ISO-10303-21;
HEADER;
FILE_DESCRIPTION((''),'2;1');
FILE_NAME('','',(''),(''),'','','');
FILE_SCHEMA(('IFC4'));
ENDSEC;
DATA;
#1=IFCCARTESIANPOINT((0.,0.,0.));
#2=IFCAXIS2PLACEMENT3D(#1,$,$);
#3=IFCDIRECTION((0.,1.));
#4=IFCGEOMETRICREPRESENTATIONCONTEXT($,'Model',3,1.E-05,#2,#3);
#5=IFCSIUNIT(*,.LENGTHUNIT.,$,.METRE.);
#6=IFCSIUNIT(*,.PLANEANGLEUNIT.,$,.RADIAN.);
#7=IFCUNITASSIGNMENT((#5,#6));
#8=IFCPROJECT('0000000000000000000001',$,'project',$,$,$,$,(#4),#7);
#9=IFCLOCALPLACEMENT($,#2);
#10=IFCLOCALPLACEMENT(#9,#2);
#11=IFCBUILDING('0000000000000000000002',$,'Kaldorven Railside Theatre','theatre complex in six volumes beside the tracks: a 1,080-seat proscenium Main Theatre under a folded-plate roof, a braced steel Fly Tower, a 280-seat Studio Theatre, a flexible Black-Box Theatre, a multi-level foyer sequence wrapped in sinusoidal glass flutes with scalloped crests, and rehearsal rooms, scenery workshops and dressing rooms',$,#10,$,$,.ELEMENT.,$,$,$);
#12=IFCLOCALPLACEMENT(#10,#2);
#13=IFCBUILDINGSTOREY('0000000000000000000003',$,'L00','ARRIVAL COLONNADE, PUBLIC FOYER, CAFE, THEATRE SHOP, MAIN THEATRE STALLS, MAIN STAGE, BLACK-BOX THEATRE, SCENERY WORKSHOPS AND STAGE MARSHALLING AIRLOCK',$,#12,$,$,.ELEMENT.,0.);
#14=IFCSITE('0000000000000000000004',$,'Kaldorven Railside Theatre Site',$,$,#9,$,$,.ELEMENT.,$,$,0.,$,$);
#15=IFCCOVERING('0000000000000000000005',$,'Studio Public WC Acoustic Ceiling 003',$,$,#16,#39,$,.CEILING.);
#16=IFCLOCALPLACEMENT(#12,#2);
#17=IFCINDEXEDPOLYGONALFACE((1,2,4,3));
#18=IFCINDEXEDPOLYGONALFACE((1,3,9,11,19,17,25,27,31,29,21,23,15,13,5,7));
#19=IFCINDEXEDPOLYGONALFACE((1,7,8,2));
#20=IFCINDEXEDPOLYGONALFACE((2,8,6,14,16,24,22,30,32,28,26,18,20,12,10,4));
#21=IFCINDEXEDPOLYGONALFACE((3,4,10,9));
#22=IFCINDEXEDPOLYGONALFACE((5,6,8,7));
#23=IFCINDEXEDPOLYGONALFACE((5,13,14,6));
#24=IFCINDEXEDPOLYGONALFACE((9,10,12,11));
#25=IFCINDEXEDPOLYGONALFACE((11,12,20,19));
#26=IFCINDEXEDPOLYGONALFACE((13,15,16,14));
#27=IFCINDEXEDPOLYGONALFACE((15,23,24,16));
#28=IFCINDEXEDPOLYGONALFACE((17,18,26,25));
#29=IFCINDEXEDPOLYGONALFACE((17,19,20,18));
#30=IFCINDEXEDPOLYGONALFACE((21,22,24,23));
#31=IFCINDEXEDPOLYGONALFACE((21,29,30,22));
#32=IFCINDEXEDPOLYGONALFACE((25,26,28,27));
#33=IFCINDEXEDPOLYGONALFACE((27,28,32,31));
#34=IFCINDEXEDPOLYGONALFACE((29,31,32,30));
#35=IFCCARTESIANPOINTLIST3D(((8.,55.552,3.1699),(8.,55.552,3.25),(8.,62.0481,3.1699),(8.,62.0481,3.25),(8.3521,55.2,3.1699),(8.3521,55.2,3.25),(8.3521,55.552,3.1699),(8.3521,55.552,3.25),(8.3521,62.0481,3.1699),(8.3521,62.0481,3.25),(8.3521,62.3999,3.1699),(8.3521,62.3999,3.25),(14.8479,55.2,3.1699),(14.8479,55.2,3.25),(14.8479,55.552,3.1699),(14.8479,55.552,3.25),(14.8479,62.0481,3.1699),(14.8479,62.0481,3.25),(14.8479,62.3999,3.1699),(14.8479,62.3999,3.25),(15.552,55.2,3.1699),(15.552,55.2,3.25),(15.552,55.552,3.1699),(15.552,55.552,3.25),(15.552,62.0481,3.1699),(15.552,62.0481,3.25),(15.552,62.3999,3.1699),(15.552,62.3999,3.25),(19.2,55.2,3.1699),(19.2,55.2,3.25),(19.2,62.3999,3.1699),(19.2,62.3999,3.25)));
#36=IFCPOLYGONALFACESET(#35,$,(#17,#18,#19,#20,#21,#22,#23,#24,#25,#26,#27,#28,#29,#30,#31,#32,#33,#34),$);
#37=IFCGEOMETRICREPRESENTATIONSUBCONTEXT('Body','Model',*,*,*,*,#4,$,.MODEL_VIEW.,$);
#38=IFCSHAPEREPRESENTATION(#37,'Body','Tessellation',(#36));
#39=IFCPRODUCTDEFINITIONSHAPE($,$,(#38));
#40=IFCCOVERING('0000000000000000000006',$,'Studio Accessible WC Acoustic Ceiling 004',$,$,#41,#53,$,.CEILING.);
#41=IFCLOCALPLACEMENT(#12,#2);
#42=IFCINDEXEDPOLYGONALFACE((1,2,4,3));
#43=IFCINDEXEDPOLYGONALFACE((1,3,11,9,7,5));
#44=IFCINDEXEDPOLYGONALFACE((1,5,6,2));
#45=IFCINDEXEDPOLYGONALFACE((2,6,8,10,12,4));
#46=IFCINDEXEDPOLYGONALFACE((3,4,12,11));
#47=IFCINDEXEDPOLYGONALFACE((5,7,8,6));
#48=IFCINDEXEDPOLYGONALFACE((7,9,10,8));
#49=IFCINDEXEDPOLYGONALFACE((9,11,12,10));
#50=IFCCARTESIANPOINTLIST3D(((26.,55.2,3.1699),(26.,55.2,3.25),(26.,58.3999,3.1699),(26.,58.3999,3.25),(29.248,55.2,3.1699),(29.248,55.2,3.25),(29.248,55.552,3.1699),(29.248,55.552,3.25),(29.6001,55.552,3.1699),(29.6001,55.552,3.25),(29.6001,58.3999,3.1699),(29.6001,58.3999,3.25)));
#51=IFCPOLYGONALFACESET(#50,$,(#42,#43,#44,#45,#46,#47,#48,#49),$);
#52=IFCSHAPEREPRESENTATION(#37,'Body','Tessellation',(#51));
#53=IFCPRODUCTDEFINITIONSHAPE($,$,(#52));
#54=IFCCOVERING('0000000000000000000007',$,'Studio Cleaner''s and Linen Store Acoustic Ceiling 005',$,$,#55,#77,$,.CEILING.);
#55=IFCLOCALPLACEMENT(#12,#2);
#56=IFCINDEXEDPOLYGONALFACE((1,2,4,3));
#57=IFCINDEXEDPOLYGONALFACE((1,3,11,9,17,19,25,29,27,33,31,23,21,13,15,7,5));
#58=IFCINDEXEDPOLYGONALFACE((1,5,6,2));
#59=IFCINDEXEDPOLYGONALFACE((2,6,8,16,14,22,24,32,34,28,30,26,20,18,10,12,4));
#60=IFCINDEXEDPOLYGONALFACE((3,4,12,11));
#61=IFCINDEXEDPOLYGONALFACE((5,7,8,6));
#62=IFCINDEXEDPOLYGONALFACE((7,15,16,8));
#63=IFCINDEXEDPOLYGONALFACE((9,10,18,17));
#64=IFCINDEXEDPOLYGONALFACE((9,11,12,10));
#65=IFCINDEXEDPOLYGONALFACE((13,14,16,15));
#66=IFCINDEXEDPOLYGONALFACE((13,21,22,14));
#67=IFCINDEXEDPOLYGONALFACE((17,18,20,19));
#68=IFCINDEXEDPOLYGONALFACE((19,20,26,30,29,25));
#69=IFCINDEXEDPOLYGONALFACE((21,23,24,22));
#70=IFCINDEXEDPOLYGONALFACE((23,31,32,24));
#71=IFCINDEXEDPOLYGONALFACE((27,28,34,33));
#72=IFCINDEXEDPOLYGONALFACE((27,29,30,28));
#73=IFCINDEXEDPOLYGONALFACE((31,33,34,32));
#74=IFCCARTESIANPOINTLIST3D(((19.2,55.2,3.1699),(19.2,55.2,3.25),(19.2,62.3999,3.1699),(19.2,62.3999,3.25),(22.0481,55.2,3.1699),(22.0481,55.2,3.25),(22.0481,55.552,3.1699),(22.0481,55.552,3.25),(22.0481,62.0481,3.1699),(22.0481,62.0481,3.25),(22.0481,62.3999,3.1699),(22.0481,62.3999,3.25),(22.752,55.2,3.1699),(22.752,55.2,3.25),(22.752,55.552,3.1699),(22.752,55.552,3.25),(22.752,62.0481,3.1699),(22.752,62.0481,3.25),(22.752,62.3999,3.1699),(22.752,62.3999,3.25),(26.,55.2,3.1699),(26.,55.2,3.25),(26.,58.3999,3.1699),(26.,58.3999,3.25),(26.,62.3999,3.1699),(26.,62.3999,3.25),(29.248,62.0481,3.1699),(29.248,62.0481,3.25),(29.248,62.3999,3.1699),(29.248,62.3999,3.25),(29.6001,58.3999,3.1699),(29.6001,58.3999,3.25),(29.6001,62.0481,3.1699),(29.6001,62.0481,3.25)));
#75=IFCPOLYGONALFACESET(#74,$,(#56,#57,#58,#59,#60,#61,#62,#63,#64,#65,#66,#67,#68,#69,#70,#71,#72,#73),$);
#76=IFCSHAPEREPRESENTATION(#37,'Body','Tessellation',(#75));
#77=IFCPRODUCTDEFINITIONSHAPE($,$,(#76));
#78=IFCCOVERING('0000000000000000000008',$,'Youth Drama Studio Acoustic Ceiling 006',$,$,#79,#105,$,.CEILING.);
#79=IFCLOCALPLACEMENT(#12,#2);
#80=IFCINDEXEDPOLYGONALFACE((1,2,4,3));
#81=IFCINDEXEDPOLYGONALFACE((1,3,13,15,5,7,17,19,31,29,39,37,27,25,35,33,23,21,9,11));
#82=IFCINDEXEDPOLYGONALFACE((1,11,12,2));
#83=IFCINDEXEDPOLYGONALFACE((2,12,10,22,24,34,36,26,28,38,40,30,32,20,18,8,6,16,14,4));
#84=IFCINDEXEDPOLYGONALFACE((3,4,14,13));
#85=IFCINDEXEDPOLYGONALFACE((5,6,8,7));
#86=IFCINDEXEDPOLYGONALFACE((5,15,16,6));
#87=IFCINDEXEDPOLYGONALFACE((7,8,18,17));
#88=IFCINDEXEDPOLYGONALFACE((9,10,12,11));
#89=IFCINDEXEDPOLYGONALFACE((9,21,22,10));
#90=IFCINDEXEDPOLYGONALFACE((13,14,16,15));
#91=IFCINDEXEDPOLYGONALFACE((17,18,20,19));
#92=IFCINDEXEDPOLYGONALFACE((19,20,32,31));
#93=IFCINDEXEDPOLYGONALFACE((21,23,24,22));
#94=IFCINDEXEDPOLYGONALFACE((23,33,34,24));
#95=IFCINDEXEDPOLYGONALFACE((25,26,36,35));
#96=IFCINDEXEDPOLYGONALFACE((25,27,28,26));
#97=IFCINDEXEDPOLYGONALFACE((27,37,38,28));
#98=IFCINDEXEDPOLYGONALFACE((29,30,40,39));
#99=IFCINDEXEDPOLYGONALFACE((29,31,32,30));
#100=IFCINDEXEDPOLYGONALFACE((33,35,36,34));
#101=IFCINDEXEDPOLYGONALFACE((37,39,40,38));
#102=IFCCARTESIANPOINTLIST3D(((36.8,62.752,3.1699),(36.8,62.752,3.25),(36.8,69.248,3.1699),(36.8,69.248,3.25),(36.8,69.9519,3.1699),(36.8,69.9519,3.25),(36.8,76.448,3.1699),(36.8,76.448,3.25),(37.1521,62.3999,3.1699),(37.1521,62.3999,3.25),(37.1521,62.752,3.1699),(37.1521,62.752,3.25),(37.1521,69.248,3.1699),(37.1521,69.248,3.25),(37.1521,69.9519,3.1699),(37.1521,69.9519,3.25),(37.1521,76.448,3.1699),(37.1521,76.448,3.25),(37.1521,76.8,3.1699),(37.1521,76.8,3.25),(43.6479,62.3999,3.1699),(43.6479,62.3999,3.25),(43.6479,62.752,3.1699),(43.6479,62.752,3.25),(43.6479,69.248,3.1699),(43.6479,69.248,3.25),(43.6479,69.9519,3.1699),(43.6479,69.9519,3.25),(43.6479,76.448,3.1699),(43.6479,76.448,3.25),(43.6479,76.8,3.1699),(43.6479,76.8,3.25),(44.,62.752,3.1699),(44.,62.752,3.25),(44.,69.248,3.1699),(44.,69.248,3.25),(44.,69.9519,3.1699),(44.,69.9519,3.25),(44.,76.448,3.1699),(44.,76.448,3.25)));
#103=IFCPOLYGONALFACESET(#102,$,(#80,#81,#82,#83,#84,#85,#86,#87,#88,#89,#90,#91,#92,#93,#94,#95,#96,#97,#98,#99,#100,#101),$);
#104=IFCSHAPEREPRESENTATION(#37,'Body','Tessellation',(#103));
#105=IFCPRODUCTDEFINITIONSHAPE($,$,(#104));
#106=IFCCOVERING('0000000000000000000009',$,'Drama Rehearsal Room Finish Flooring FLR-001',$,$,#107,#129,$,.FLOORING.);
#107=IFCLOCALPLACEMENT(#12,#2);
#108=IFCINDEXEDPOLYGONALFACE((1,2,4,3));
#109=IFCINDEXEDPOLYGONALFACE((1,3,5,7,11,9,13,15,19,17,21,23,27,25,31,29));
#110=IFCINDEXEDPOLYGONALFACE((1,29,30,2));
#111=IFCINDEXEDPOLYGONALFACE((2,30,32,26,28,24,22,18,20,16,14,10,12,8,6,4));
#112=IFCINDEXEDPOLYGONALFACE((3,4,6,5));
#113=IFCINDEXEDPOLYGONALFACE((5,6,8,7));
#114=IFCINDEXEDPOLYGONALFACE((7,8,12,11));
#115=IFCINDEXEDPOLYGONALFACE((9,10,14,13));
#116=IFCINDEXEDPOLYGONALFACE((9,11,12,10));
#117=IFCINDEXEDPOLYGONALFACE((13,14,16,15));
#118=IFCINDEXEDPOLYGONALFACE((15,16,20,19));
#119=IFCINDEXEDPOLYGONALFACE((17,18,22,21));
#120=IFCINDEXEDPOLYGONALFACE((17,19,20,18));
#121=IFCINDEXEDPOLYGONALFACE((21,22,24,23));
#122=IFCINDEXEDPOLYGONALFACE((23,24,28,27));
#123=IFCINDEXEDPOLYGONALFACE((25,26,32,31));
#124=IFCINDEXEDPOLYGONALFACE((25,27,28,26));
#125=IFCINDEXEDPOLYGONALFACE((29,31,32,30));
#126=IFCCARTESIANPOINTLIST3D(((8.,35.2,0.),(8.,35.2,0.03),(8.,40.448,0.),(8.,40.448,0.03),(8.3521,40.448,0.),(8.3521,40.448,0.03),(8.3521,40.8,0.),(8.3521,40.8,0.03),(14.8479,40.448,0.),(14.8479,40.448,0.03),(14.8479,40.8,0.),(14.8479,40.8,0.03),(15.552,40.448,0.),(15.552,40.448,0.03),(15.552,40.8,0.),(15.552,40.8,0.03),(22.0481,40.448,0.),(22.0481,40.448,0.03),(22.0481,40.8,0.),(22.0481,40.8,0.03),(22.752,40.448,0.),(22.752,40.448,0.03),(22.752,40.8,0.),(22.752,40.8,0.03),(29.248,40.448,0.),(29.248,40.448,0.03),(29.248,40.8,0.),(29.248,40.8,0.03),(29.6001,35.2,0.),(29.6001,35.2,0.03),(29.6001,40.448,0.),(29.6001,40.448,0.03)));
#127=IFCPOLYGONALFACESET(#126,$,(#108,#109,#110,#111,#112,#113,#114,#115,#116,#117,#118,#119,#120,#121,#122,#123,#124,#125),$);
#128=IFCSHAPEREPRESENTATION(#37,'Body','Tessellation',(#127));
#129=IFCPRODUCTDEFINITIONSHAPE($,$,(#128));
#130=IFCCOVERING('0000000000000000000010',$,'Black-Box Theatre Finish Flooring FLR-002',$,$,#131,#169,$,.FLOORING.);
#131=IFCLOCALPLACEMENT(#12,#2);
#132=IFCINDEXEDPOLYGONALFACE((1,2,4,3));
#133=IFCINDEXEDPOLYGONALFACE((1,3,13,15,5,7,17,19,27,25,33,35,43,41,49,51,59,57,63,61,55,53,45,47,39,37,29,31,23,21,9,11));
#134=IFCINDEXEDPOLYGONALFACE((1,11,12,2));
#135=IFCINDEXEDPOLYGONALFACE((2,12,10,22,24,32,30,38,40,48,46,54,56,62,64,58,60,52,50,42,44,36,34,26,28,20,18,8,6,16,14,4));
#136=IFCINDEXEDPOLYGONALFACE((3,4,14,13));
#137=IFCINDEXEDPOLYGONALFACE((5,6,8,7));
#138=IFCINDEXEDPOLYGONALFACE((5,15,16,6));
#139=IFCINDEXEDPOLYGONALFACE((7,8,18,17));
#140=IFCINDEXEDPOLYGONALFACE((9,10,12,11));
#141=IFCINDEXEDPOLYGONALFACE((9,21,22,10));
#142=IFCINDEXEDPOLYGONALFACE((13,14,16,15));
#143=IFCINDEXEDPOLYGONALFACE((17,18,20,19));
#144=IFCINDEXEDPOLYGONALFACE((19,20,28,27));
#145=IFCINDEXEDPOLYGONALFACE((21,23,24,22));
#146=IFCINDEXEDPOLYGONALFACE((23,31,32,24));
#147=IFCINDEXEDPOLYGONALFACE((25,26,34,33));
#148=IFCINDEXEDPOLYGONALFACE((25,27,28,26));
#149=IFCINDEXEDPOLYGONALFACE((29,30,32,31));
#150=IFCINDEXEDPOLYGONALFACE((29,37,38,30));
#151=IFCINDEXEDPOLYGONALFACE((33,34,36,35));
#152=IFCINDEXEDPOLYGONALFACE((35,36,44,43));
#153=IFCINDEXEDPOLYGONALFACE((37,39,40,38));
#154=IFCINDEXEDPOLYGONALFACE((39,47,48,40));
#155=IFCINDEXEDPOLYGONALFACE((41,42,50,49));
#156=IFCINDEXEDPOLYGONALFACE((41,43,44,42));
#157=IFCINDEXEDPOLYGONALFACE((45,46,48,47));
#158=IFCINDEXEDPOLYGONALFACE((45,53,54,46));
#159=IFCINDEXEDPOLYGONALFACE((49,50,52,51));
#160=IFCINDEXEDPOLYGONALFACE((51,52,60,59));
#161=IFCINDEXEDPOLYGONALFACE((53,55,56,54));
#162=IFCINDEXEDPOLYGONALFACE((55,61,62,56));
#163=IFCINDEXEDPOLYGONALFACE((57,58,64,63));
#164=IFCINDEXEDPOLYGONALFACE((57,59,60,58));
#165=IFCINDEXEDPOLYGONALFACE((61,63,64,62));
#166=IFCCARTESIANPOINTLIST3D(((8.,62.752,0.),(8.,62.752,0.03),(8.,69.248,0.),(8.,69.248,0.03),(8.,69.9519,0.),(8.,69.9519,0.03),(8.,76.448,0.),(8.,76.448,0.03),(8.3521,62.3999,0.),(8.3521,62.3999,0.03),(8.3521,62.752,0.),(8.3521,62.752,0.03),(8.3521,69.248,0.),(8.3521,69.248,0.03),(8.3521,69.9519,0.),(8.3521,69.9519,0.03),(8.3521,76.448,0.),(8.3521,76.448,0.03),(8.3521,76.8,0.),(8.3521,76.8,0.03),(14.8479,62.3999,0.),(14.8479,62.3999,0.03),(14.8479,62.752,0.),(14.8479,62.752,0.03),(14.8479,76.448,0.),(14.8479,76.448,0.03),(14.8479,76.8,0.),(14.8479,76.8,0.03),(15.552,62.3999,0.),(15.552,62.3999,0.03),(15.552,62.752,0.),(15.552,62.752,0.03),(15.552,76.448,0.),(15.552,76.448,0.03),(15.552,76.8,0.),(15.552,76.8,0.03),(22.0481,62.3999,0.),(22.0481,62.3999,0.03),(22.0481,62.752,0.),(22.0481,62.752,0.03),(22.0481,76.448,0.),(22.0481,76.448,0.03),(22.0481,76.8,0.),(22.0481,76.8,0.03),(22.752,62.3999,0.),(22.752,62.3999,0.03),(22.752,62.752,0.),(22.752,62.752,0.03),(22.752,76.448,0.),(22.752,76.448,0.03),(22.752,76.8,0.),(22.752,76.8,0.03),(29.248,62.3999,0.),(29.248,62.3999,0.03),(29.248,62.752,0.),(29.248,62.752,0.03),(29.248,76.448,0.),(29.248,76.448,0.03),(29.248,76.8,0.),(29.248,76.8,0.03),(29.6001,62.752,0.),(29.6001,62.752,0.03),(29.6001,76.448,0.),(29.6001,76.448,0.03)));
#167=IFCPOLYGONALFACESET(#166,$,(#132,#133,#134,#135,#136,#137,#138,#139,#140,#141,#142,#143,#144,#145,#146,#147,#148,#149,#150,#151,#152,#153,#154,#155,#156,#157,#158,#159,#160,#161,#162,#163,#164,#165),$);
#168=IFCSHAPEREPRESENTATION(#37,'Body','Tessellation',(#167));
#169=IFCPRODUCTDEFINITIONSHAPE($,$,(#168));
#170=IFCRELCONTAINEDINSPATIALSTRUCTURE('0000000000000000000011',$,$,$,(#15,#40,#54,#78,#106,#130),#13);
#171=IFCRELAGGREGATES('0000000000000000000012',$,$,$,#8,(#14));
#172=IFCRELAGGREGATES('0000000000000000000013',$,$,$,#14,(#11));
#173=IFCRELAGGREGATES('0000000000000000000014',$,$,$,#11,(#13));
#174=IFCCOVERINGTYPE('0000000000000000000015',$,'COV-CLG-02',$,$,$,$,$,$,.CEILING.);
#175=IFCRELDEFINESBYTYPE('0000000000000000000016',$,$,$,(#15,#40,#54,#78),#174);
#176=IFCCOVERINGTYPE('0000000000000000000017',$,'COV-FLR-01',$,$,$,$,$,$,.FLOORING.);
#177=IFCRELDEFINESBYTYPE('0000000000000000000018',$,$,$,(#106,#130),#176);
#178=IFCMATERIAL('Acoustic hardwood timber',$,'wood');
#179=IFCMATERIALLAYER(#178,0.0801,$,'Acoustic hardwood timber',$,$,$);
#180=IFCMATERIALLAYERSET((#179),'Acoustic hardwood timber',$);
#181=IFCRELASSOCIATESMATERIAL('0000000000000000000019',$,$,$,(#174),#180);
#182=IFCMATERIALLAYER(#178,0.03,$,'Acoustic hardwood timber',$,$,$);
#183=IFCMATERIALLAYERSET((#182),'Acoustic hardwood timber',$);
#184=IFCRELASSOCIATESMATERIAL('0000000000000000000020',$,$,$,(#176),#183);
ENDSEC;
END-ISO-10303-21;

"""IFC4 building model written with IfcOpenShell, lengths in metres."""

from ifc_helpers import new_model, si_unit, direction, frame, origin, place, context, subcontext, project, spatial, polyline, outline, extrude, material, layer, layer_set, type_object, element, save


model = new_model("IFC4")

# Units and contexts
model_context = context("Model", 3, precision=1e-05, world=origin(), true_north=direction((0.0, 1.0)))
body_context = subcontext(model_context, "Body", "Model", "MODEL_VIEW")
ifc_project = project(units=[si_unit("LENGTHUNIT", "METRE"), si_unit("PLANEANGLEUNIT", "RADIAN")], contexts=[model_context])

# Site, building, storey
site_placement = place(None, origin())
site = spatial("IfcSite", under=ifc_project, at=site_placement, Name="Kaldorven Railside Theatre Site", CompositionType="ELEMENT", RefElevation=0.0)
building_placement = place(site_placement, origin())
building = spatial("IfcBuilding", under=site, at=building_placement, Name="Kaldorven Railside Theatre", Description="theatre complex in six volumes beside the tracks: a 1,080-seat proscenium Main Theatre under a folded-plate roof, a braced steel Fly Tower, a 280-seat Studio Theatre, a flexible Black-Box Theatre, a multi-level foyer sequence wrapped in sinusoidal glass flutes with scalloped crests, and rehearsal rooms, scenery workshops and dressing rooms", CompositionType="ELEMENT")
storey_placement = place(building_placement, origin())
storey = spatial("IfcBuildingStorey", under=building, at=storey_placement, Name="L00", Description="ARRIVAL COLONNADE, PUBLIC FOYER, CAFE, THEATRE SHOP, MAIN THEATRE STALLS, MAIN STAGE, BLACK-BOX THEATRE, SCENERY WORKSHOPS AND STAGE MARSHALLING AIRLOCK", CompositionType="ELEMENT", Elevation=0.0)

# Coverings
ifc_material_1 = material(Name="Acoustic hardwood timber", Category="wood")
ifc_layer_1 = layer(ifc_material_1, 0.0801, Name="Acoustic hardwood timber")
ifc_layer_set_1 = layer_set([ifc_layer_1], Name="Acoustic hardwood timber")
covering_type_1 = type_object("IfcCoveringType", Name="COV-CLG-02", PredefinedType="CEILING", material=ifc_layer_set_1)
covering_1_placement = place(storey_placement, frame((0.0, 0.0, 3.1699)))
element("IfcCovering", 1, at=covering_1_placement, inside=storey, type_object=covering_type_1, Name="Studio Public WC Acoustic Ceiling 003", PredefinedType="CEILING", context=body_context, shape_type="SweptSolid", body=[
    extrude(outline(polyline([(19.2, 62.3999), (19.2, 55.2), (15.552, 55.2), (15.552, 55.552), (14.8479, 55.552), (14.8479, 55.2), (8.3521, 55.2), (8.3521, 55.552), (8.0, 55.552), (8.0, 62.0481), (8.3521, 62.0481), (8.3521, 62.3999), (14.8479, 62.3999), (14.8479, 62.0481), (15.552, 62.0481), (15.552, 62.3999), (19.2, 62.3999)])), origin(), (0.0, 0.0, 1.0), 0.0801),
])
covering_2_placement = place(storey_placement, frame((0.0, 0.0, 3.1699)))
element("IfcCovering", 2, at=covering_2_placement, inside=storey, type_object=covering_type_1, Name="Studio Accessible WC Acoustic Ceiling 004", PredefinedType="CEILING", context=body_context, shape_type="SweptSolid", body=[
    extrude(outline(polyline([(26.0, 55.2), (26.0, 58.3999), (29.6001, 58.3999), (29.6001, 55.552), (29.248, 55.552), (29.248, 55.2), (26.0, 55.2)])), origin(), (0.0, 0.0, 1.0), 0.0801),
])
covering_3_placement = place(storey_placement, frame((0.0, 0.0, 3.1699)))
element("IfcCovering", 3, at=covering_3_placement, inside=storey, type_object=covering_type_1, Name="Studio Cleaner's and Linen Store Acoustic Ceiling 005", PredefinedType="CEILING", context=body_context, shape_type="SweptSolid", body=[
    extrude(outline(polyline([(22.752, 55.2), (22.752, 55.552), (22.0481, 55.552), (22.0481, 55.2), (19.2, 55.2), (19.2, 62.3999), (22.0481, 62.3999), (22.0481, 62.0481), (22.752, 62.0481), (22.752, 62.3999), (26.0, 62.3999), (29.248, 62.3999), (29.248, 62.0481), (29.6001, 62.0481), (29.6001, 58.3999), (26.0, 58.3999), (26.0, 55.2), (22.752, 55.2)])), origin(), (0.0, 0.0, 1.0), 0.0801),
])
covering_4_placement = place(storey_placement, frame((0.0, 0.0, 3.1699)))
element("IfcCovering", 4, at=covering_4_placement, inside=storey, type_object=covering_type_1, Name="Youth Drama Studio Acoustic Ceiling 006", PredefinedType="CEILING", context=body_context, shape_type="SweptSolid", body=[
    extrude(outline(polyline([(44.0, 62.752), (43.6479, 62.752), (43.6479, 62.3999), (37.1521, 62.3999), (37.1521, 62.752), (36.8, 62.752), (36.8, 69.248), (37.1521, 69.248), (37.1521, 69.9519), (36.8, 69.9519), (36.8, 76.448), (37.1521, 76.448), (37.1521, 76.8), (43.6479, 76.8), (43.6479, 76.448), (44.0, 76.448), (44.0, 69.9519), (43.6479, 69.9519), (43.6479, 69.248), (44.0, 69.248), (44.0, 62.752)])), origin(), (0.0, 0.0, 1.0), 0.0801),
])
ifc_layer_2 = layer(ifc_material_1, 0.03, Name="Acoustic hardwood timber")
ifc_layer_set_2 = layer_set([ifc_layer_2], Name="Acoustic hardwood timber")
covering_type_2 = type_object("IfcCoveringType", Name="COV-FLR-01", PredefinedType="FLOORING", material=ifc_layer_set_2)
covering_5_placement = place(storey_placement, origin())
element("IfcCovering", 5, at=covering_5_placement, inside=storey, type_object=covering_type_2, Name="Drama Rehearsal Room Finish Flooring FLR-001", PredefinedType="FLOORING", context=body_context, shape_type="SweptSolid", body=[
    extrude(outline(polyline([(29.6001, 35.2), (8.0, 35.2), (8.0, 40.448), (8.3521, 40.448), (8.3521, 40.8), (14.8479, 40.8), (14.8479, 40.448), (15.552, 40.448), (15.552, 40.8), (22.0481, 40.8), (22.0481, 40.448), (22.752, 40.448), (22.752, 40.8), (29.248, 40.8), (29.248, 40.448), (29.6001, 40.448), (29.6001, 35.2)])), origin(), (0.0, 0.0, 1.0), 0.03),
])
covering_6_placement = place(storey_placement, origin())
element("IfcCovering", 6, at=covering_6_placement, inside=storey, type_object=covering_type_2, Name="Black-Box Theatre Finish Flooring FLR-002", PredefinedType="FLOORING", context=body_context, shape_type="SweptSolid", body=[
    extrude(outline(polyline([(29.6001, 62.752), (29.248, 62.752), (29.248, 62.3999), (22.752, 62.3999), (22.752, 62.752), (22.0481, 62.752), (22.0481, 62.3999), (15.552, 62.3999), (15.552, 62.752), (14.8479, 62.752), (14.8479, 62.3999), (8.3521, 62.3999), (8.3521, 62.752), (8.0, 62.752), (8.0, 69.248), (8.3521, 69.248), (8.3521, 69.9519), (8.0, 69.9519), (8.0, 76.448), (8.3521, 76.448), (8.3521, 76.8), (14.8479, 76.8), (14.8479, 76.448), (15.552, 76.448), (15.552, 76.8), (22.0481, 76.8), (22.0481, 76.448), (22.752, 76.448), (22.752, 76.8), (29.248, 76.8), (29.248, 76.448), (29.6001, 76.448), (29.6001, 62.752)])), origin(), (0.0, 0.0, 1.0), 0.03),
])

save(model, "model.ifc")
